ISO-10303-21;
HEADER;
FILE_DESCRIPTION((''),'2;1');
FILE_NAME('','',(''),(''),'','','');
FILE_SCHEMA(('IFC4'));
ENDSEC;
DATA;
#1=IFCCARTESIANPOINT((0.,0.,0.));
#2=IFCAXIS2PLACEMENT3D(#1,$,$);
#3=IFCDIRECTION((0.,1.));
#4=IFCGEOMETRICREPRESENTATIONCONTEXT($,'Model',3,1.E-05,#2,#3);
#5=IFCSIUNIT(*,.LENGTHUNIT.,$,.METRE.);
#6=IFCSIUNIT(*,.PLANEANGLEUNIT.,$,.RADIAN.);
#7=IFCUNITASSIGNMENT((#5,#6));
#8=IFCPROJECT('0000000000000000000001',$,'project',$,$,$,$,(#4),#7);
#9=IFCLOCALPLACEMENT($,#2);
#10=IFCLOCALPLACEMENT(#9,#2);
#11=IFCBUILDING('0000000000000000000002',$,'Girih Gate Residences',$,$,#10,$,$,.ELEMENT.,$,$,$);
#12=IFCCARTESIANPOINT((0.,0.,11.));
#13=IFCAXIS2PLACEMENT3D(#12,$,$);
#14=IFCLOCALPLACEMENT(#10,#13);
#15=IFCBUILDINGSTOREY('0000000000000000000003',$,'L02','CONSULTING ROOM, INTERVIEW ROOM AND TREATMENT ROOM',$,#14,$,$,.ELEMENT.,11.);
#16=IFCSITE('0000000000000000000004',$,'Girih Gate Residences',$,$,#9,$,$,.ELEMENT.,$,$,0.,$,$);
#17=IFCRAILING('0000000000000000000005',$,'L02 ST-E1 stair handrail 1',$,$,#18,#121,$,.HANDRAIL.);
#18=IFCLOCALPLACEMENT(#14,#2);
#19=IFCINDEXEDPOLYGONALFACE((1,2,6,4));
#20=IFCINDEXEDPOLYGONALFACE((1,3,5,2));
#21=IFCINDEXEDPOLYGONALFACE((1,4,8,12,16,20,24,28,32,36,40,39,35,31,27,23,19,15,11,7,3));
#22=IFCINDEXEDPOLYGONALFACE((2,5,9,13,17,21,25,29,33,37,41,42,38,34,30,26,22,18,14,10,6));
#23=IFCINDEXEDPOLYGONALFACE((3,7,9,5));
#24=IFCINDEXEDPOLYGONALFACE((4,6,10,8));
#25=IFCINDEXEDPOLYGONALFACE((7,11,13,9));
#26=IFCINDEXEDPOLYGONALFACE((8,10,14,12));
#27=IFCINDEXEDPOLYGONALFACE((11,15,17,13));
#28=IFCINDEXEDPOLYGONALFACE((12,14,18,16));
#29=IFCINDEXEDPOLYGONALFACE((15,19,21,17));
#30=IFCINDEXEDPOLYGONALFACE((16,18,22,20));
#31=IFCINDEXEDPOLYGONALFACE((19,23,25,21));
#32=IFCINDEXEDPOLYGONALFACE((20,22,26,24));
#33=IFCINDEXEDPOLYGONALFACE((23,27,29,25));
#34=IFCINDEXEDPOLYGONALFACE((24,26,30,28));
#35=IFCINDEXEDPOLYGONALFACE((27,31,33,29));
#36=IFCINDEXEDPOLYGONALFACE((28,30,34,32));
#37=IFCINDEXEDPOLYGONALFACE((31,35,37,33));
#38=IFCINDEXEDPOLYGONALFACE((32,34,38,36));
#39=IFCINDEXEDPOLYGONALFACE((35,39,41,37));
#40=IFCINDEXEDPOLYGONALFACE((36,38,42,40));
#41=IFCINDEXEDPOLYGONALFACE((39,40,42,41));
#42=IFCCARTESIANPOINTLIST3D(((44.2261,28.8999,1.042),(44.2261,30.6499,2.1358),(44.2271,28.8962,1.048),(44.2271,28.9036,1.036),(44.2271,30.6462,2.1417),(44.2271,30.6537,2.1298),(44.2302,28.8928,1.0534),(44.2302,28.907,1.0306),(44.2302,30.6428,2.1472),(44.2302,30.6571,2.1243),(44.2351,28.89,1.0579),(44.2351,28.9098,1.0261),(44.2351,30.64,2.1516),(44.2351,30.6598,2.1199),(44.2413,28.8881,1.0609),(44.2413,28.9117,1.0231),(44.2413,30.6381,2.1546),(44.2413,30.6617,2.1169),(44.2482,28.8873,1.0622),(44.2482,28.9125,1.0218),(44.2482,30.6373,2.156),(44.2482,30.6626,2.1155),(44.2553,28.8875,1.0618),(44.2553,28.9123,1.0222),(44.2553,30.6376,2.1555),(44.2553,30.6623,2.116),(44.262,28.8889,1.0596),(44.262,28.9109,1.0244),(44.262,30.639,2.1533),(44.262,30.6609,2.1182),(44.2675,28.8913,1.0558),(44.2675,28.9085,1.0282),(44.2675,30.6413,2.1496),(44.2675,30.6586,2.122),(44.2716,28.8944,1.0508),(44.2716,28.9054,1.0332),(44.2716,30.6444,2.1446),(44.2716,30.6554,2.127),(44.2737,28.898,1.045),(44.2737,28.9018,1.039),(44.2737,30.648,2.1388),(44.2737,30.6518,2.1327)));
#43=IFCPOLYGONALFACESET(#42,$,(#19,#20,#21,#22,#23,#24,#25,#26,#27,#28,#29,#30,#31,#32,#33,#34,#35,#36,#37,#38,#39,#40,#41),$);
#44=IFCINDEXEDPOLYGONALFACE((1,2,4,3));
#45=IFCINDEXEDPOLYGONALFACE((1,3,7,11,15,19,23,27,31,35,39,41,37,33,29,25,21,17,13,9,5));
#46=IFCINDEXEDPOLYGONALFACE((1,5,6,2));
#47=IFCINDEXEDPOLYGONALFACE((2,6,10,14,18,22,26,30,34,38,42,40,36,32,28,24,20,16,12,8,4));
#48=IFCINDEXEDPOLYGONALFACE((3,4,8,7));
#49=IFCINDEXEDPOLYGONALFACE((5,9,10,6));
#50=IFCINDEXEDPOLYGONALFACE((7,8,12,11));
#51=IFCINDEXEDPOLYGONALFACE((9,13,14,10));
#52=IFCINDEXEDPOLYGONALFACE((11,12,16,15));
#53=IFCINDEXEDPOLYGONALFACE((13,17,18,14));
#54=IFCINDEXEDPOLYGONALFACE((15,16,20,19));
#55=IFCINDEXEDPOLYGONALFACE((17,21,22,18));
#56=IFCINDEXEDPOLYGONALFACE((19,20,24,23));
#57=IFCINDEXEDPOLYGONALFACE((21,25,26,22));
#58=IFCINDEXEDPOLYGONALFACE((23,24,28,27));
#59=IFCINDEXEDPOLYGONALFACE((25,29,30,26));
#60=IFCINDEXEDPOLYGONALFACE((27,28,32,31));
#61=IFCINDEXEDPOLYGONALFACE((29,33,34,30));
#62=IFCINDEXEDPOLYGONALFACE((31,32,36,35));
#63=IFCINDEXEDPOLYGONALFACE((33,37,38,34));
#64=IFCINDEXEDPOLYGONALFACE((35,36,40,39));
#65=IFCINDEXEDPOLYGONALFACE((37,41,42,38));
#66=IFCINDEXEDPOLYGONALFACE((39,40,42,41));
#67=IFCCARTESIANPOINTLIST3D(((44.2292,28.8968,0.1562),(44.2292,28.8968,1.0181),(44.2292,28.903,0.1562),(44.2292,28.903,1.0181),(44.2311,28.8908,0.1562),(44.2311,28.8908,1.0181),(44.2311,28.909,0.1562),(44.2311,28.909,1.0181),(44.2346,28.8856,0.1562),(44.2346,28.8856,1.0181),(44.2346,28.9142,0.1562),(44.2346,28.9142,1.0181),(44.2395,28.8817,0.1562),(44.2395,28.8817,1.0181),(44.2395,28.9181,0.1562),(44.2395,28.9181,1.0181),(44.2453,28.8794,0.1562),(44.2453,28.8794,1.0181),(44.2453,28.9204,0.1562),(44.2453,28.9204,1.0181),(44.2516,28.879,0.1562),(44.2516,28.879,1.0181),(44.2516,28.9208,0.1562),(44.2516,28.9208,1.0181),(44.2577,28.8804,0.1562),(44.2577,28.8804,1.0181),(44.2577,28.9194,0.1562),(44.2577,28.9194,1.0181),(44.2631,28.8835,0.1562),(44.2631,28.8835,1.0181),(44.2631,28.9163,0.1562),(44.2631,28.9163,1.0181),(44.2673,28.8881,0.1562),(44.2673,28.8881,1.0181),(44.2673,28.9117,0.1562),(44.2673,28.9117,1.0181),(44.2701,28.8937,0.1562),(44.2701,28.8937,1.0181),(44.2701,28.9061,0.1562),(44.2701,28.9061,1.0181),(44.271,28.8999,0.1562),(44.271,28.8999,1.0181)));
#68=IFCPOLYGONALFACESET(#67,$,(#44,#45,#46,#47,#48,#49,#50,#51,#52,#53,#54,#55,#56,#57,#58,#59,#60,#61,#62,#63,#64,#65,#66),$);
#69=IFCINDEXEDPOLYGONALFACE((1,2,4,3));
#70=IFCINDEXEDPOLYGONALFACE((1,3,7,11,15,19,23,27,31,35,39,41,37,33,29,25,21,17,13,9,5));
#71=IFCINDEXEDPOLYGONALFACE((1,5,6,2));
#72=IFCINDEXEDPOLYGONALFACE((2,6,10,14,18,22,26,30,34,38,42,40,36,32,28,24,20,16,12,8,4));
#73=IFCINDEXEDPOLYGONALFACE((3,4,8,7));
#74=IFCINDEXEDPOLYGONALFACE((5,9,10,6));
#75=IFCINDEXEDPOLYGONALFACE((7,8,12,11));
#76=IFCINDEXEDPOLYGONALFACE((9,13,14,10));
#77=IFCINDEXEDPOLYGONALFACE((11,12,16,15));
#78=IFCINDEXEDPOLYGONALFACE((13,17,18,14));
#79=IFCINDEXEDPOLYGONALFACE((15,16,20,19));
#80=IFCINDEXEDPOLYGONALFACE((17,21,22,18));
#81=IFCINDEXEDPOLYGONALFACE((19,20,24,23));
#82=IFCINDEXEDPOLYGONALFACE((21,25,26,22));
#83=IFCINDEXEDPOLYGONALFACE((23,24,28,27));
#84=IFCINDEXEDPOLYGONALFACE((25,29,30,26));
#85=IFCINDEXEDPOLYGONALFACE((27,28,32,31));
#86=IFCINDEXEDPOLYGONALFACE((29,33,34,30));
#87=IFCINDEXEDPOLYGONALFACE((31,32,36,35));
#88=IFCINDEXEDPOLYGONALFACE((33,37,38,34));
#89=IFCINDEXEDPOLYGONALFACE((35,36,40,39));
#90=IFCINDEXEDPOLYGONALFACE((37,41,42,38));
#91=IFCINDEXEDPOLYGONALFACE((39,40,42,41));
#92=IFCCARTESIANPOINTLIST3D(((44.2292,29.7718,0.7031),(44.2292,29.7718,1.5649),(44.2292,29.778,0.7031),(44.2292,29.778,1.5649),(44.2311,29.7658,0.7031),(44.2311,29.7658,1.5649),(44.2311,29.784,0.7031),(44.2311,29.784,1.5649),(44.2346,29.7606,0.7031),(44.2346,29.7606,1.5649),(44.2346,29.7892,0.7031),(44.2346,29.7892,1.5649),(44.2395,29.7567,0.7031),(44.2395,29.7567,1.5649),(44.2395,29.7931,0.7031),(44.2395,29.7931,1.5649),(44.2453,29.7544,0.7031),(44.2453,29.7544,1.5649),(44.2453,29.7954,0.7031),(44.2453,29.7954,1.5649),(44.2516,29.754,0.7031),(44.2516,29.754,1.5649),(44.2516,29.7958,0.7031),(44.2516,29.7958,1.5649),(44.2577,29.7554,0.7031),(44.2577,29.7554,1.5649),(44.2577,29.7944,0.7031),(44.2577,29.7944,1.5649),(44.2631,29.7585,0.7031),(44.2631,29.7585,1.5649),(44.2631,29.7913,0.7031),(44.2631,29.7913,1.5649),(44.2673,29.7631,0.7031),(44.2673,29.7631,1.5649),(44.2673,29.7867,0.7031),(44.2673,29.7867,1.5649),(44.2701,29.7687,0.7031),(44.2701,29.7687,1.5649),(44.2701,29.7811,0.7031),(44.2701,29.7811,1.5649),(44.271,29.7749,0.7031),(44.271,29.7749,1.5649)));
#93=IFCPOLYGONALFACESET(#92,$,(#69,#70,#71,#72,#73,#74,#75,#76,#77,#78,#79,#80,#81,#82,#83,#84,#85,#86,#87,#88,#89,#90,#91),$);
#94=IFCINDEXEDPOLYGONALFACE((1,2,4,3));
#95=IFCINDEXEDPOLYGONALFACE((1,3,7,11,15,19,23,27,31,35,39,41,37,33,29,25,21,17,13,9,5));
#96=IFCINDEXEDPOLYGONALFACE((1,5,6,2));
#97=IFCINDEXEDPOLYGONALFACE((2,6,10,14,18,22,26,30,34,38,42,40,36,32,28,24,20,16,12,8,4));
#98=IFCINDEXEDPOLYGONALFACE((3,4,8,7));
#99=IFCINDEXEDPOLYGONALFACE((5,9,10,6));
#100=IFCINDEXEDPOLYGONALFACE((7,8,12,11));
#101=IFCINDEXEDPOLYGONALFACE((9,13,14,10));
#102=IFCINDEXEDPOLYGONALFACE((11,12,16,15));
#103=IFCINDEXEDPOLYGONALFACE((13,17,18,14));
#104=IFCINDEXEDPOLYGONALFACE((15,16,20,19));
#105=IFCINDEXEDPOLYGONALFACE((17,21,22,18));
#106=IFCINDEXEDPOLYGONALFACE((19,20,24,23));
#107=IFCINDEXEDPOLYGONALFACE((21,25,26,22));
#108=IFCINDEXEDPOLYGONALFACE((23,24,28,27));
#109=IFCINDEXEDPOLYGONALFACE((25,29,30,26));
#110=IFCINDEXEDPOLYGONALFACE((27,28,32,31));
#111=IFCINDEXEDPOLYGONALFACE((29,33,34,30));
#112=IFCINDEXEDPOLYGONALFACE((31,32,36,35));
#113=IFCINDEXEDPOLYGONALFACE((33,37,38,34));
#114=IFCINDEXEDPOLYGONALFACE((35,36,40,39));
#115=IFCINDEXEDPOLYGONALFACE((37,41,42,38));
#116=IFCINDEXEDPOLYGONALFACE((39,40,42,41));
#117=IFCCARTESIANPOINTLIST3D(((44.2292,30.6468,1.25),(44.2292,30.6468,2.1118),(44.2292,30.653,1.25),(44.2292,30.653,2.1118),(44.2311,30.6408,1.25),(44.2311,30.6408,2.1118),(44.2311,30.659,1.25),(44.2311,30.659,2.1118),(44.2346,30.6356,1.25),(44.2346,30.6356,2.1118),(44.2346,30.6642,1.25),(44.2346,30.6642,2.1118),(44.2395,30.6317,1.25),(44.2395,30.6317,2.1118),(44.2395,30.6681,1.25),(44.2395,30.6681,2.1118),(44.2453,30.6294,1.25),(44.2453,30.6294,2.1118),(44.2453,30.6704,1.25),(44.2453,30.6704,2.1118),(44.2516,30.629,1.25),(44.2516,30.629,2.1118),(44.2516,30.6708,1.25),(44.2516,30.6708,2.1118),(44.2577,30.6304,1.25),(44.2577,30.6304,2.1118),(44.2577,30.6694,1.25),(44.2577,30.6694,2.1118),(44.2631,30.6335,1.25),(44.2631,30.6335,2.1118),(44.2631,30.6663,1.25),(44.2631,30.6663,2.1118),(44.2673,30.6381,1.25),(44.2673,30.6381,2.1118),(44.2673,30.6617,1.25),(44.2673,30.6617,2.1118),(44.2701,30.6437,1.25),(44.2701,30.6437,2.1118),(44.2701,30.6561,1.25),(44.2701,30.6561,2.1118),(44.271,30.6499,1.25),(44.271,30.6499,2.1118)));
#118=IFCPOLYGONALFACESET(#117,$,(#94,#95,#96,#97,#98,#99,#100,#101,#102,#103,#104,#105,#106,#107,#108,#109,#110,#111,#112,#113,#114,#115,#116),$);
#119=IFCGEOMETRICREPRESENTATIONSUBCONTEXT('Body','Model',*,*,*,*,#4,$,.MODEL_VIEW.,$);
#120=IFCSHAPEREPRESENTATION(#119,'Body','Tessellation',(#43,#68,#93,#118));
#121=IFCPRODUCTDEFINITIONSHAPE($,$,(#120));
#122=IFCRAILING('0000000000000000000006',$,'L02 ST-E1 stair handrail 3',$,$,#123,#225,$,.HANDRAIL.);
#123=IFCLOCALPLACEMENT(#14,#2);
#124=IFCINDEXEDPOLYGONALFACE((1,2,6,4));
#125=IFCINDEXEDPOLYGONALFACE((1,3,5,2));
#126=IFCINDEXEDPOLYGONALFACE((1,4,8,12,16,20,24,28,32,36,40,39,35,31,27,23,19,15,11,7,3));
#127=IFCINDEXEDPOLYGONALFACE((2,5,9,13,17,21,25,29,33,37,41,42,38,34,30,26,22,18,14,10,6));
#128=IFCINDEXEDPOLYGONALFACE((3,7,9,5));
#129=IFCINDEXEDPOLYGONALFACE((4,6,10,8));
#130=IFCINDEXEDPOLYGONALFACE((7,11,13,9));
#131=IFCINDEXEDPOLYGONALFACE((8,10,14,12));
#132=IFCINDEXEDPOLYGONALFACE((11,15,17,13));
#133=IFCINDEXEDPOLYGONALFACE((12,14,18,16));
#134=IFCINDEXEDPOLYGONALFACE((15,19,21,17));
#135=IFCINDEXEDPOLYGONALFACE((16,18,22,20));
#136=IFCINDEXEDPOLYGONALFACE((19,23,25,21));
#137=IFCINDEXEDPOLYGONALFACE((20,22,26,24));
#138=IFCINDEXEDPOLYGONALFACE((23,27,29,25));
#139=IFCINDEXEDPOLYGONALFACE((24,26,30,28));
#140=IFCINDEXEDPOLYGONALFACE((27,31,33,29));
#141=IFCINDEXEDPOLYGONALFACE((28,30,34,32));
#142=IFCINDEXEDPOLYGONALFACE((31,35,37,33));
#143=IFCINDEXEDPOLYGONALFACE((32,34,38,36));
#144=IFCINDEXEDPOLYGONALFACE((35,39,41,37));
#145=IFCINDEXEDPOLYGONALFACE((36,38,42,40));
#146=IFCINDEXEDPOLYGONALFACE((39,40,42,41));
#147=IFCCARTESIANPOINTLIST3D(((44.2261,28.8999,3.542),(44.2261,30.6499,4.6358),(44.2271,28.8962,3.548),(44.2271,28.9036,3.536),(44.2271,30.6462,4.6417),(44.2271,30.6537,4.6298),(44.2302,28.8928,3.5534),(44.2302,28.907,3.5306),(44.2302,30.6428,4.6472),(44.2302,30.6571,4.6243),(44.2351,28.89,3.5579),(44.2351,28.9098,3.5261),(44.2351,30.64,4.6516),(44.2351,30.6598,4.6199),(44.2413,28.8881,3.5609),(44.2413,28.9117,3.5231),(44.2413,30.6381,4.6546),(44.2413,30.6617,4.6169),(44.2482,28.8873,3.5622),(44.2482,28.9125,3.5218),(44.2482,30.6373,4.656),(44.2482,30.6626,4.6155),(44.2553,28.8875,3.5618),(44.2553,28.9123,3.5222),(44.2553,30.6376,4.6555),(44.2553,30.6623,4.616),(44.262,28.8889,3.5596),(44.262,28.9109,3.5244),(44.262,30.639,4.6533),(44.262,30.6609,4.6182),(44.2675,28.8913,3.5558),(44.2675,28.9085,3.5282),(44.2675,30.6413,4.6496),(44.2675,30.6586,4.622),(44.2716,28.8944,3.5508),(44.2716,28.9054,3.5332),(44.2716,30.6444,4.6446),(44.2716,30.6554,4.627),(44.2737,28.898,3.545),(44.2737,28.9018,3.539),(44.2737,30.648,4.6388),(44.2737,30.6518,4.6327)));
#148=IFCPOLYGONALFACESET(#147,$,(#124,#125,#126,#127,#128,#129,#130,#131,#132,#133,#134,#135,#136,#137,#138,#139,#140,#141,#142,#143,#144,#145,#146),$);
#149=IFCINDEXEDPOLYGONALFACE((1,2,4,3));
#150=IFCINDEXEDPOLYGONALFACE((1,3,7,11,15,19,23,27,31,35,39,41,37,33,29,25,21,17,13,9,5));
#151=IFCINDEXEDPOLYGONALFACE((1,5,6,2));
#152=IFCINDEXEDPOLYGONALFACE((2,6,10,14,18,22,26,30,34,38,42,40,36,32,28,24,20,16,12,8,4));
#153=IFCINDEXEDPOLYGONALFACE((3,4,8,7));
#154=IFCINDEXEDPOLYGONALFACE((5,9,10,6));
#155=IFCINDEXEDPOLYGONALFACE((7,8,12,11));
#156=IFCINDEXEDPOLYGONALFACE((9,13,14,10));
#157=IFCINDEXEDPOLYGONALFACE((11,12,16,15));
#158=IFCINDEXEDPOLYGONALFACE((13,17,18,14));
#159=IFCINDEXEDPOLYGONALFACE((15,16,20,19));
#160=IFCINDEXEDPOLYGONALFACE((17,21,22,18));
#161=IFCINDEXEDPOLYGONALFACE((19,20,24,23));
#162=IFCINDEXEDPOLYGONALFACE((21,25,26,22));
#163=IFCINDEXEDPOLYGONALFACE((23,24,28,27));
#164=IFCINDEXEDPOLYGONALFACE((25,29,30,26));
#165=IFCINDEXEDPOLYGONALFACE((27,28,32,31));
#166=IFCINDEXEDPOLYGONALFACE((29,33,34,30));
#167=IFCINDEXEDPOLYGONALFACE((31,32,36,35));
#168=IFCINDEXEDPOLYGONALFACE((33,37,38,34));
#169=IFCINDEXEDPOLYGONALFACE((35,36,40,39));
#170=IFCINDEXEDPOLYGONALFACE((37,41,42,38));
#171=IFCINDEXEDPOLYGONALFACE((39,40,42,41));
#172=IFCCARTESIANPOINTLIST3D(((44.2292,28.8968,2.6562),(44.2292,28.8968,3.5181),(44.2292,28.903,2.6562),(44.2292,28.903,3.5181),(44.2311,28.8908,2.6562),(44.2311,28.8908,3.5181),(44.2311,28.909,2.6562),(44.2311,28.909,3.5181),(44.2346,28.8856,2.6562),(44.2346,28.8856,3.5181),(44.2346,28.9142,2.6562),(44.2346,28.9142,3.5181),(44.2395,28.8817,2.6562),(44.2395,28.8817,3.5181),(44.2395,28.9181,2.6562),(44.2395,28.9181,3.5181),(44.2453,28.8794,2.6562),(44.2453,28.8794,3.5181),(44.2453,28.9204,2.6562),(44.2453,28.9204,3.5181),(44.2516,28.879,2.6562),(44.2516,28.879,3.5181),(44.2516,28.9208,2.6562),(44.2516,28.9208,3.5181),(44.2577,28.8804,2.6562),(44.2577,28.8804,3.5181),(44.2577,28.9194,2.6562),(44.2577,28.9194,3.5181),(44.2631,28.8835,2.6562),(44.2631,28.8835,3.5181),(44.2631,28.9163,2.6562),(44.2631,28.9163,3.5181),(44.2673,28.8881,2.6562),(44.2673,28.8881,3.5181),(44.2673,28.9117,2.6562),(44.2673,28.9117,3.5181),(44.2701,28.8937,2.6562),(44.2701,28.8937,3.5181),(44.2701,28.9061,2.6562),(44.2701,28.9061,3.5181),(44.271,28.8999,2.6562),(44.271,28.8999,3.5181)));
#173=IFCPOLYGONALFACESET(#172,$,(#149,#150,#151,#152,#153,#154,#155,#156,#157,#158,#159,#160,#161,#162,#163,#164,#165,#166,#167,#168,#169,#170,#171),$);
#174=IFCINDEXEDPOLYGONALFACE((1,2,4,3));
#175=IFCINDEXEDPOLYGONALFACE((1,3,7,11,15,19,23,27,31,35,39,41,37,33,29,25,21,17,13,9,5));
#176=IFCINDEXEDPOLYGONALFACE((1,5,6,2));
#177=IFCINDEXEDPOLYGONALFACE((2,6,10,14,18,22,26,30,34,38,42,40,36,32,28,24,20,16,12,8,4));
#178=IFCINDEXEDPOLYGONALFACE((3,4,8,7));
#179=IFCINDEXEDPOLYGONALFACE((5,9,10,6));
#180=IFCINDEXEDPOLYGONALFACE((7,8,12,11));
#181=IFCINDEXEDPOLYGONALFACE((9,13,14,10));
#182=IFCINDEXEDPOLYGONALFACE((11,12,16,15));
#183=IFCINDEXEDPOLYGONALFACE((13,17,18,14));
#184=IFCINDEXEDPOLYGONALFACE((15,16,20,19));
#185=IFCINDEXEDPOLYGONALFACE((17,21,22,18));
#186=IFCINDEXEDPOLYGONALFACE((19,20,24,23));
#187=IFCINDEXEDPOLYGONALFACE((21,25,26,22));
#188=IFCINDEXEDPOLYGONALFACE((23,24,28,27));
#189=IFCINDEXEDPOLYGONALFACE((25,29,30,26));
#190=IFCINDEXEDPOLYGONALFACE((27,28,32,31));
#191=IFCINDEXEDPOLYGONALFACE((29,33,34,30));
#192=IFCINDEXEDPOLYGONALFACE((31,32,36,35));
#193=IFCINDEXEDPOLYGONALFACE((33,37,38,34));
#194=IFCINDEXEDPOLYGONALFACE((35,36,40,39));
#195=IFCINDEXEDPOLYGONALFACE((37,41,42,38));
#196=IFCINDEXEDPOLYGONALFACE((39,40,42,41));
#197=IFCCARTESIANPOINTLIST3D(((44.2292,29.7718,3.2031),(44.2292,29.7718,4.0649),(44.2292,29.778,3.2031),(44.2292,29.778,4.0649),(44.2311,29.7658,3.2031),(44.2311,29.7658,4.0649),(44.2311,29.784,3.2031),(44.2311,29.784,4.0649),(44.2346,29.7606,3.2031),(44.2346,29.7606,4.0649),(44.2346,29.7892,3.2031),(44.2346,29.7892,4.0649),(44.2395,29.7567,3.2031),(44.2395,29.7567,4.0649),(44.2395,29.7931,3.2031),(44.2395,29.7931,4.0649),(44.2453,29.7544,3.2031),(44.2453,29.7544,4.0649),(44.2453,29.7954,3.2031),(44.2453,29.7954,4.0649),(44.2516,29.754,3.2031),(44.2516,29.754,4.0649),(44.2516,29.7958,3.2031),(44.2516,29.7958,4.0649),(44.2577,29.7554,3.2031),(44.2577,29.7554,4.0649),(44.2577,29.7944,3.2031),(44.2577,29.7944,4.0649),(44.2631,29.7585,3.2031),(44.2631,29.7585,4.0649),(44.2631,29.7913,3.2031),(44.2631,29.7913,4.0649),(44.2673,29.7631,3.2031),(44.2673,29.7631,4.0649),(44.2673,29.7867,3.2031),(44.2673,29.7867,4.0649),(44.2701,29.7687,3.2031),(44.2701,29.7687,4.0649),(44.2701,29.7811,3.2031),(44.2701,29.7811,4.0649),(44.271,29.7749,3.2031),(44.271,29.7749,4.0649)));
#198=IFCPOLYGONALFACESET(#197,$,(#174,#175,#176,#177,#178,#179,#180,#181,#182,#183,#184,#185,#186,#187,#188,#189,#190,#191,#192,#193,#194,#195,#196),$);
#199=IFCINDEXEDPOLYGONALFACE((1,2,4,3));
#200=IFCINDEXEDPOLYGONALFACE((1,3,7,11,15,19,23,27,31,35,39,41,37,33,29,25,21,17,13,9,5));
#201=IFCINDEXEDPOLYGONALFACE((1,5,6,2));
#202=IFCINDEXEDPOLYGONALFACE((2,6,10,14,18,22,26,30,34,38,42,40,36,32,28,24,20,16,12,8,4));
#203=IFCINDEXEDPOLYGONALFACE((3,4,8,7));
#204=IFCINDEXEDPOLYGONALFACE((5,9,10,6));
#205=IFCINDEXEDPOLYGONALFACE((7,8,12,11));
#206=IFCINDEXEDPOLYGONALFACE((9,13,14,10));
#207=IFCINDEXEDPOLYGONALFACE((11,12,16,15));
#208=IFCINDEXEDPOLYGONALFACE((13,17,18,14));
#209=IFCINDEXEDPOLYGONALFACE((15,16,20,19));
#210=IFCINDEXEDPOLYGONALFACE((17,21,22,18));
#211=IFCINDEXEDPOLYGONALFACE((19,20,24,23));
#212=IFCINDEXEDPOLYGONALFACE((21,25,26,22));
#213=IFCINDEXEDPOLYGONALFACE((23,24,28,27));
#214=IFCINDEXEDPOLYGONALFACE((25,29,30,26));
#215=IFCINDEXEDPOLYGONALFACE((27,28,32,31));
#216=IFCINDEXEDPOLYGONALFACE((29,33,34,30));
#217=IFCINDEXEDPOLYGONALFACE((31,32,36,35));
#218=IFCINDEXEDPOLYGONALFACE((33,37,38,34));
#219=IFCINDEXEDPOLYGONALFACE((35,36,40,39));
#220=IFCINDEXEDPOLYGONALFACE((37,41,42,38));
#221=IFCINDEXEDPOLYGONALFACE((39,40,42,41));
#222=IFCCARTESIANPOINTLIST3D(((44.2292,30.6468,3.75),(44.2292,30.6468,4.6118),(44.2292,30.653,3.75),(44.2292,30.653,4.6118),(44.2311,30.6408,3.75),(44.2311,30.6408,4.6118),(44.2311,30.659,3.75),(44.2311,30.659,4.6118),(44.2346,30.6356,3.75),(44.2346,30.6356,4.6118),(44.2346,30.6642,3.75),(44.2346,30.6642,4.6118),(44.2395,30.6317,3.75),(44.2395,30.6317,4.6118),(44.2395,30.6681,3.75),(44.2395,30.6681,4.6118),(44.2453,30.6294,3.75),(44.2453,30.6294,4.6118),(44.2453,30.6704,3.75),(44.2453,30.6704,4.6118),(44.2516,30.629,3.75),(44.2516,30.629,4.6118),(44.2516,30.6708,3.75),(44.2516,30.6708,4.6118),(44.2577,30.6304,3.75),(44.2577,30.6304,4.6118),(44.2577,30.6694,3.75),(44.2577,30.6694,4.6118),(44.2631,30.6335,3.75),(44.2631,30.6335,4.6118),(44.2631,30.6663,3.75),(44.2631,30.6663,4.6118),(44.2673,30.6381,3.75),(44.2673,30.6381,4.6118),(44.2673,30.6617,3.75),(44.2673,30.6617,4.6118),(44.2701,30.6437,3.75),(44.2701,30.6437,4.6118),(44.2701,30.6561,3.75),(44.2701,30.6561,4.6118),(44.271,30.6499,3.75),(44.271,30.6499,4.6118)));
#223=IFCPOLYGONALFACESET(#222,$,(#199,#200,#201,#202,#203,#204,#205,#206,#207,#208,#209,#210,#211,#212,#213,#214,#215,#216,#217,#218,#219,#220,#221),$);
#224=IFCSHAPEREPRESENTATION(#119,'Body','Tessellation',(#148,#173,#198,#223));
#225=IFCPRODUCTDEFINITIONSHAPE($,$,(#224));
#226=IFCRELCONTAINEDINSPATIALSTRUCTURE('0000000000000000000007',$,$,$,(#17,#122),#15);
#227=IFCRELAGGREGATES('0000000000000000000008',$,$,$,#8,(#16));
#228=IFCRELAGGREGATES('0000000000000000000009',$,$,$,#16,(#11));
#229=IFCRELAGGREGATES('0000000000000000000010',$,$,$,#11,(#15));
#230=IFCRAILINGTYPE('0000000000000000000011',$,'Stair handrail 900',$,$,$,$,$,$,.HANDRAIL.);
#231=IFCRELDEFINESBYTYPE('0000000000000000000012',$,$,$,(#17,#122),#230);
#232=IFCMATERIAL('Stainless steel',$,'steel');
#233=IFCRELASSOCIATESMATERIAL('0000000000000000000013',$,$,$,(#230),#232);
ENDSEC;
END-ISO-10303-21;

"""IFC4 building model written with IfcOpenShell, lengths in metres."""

from ifc_helpers import new_model, si_unit, direction, frame, origin, origin_2d, place, context, subcontext, project, spatial, circle, extrude, material, type_object, element, save


model = new_model("IFC4")

# Units and contexts
model_context = context("Model", 3, precision=1e-05, world=origin(), true_north=direction((0.0, 1.0)))
body_context = subcontext(model_context, "Body", "Model", "MODEL_VIEW")
ifc_project = project(units=[si_unit("LENGTHUNIT", "METRE"), si_unit("PLANEANGLEUNIT", "RADIAN")], contexts=[model_context])

# Site, building, storey
site_placement = place(None, origin())
site = spatial("IfcSite", under=ifc_project, at=site_placement, Name="Girih Gate Residences", CompositionType="ELEMENT", RefElevation=0.0)
building_placement = place(site_placement, origin())
building = spatial("IfcBuilding", under=site, at=building_placement, Name="Girih Gate Residences", CompositionType="ELEMENT")
storey_placement = place(building_placement, frame((0.0, 0.0, 11.0)))
storey = spatial("IfcBuildingStorey", under=building, at=storey_placement, Name="L02", Description="CONSULTING ROOM, INTERVIEW ROOM AND TREATMENT ROOM", CompositionType="ELEMENT", Elevation=11.0)

# Railings
ifc_material_1 = material(Name="Stainless steel", Category="steel")
railing_type = type_object("IfcRailingType", Name="Stair handrail 900", PredefinedType="HANDRAIL", material=ifc_material_1)
for number, where, name in (
    (1, (44.25, 28.8999, 0.1562), "L02 ST-E1 stair handrail 1"),
    (2, (44.25, 28.8999, 2.6562), "L02 ST-E1 stair handrail 3"),
):
    element("IfcRailing", number, at=place(storey_placement, frame(where)), inside=storey, type_object=railing_type, Name=name, PredefinedType="HANDRAIL", context=body_context, shape_type="SweptSolid", body=[
        extrude(circle(Radius=0.0239, at=origin_2d()), frame((0.0, 0.0, 0.8857), z_axis=(0.0, 0.847998, 0.529999), x_axis=(-1.0, 0.0, 0.0)), (0.0, 0.0, 1.0), 2.0637),
        extrude(circle(Radius=0.021, at=origin_2d()), origin(), (0.0, 0.0, 1.0), 0.8618),
        extrude(circle(Radius=0.021, at=origin_2d()), frame((0.0, 0.875, 0.5469)), (0.0, 0.0, 1.0), 0.8618),
        extrude(circle(Radius=0.021, at=origin_2d()), frame((0.0, 1.75, 1.0938)), (0.0, 0.0, 1.0), 0.8618),
    ])

save(model, "model.ifc")
